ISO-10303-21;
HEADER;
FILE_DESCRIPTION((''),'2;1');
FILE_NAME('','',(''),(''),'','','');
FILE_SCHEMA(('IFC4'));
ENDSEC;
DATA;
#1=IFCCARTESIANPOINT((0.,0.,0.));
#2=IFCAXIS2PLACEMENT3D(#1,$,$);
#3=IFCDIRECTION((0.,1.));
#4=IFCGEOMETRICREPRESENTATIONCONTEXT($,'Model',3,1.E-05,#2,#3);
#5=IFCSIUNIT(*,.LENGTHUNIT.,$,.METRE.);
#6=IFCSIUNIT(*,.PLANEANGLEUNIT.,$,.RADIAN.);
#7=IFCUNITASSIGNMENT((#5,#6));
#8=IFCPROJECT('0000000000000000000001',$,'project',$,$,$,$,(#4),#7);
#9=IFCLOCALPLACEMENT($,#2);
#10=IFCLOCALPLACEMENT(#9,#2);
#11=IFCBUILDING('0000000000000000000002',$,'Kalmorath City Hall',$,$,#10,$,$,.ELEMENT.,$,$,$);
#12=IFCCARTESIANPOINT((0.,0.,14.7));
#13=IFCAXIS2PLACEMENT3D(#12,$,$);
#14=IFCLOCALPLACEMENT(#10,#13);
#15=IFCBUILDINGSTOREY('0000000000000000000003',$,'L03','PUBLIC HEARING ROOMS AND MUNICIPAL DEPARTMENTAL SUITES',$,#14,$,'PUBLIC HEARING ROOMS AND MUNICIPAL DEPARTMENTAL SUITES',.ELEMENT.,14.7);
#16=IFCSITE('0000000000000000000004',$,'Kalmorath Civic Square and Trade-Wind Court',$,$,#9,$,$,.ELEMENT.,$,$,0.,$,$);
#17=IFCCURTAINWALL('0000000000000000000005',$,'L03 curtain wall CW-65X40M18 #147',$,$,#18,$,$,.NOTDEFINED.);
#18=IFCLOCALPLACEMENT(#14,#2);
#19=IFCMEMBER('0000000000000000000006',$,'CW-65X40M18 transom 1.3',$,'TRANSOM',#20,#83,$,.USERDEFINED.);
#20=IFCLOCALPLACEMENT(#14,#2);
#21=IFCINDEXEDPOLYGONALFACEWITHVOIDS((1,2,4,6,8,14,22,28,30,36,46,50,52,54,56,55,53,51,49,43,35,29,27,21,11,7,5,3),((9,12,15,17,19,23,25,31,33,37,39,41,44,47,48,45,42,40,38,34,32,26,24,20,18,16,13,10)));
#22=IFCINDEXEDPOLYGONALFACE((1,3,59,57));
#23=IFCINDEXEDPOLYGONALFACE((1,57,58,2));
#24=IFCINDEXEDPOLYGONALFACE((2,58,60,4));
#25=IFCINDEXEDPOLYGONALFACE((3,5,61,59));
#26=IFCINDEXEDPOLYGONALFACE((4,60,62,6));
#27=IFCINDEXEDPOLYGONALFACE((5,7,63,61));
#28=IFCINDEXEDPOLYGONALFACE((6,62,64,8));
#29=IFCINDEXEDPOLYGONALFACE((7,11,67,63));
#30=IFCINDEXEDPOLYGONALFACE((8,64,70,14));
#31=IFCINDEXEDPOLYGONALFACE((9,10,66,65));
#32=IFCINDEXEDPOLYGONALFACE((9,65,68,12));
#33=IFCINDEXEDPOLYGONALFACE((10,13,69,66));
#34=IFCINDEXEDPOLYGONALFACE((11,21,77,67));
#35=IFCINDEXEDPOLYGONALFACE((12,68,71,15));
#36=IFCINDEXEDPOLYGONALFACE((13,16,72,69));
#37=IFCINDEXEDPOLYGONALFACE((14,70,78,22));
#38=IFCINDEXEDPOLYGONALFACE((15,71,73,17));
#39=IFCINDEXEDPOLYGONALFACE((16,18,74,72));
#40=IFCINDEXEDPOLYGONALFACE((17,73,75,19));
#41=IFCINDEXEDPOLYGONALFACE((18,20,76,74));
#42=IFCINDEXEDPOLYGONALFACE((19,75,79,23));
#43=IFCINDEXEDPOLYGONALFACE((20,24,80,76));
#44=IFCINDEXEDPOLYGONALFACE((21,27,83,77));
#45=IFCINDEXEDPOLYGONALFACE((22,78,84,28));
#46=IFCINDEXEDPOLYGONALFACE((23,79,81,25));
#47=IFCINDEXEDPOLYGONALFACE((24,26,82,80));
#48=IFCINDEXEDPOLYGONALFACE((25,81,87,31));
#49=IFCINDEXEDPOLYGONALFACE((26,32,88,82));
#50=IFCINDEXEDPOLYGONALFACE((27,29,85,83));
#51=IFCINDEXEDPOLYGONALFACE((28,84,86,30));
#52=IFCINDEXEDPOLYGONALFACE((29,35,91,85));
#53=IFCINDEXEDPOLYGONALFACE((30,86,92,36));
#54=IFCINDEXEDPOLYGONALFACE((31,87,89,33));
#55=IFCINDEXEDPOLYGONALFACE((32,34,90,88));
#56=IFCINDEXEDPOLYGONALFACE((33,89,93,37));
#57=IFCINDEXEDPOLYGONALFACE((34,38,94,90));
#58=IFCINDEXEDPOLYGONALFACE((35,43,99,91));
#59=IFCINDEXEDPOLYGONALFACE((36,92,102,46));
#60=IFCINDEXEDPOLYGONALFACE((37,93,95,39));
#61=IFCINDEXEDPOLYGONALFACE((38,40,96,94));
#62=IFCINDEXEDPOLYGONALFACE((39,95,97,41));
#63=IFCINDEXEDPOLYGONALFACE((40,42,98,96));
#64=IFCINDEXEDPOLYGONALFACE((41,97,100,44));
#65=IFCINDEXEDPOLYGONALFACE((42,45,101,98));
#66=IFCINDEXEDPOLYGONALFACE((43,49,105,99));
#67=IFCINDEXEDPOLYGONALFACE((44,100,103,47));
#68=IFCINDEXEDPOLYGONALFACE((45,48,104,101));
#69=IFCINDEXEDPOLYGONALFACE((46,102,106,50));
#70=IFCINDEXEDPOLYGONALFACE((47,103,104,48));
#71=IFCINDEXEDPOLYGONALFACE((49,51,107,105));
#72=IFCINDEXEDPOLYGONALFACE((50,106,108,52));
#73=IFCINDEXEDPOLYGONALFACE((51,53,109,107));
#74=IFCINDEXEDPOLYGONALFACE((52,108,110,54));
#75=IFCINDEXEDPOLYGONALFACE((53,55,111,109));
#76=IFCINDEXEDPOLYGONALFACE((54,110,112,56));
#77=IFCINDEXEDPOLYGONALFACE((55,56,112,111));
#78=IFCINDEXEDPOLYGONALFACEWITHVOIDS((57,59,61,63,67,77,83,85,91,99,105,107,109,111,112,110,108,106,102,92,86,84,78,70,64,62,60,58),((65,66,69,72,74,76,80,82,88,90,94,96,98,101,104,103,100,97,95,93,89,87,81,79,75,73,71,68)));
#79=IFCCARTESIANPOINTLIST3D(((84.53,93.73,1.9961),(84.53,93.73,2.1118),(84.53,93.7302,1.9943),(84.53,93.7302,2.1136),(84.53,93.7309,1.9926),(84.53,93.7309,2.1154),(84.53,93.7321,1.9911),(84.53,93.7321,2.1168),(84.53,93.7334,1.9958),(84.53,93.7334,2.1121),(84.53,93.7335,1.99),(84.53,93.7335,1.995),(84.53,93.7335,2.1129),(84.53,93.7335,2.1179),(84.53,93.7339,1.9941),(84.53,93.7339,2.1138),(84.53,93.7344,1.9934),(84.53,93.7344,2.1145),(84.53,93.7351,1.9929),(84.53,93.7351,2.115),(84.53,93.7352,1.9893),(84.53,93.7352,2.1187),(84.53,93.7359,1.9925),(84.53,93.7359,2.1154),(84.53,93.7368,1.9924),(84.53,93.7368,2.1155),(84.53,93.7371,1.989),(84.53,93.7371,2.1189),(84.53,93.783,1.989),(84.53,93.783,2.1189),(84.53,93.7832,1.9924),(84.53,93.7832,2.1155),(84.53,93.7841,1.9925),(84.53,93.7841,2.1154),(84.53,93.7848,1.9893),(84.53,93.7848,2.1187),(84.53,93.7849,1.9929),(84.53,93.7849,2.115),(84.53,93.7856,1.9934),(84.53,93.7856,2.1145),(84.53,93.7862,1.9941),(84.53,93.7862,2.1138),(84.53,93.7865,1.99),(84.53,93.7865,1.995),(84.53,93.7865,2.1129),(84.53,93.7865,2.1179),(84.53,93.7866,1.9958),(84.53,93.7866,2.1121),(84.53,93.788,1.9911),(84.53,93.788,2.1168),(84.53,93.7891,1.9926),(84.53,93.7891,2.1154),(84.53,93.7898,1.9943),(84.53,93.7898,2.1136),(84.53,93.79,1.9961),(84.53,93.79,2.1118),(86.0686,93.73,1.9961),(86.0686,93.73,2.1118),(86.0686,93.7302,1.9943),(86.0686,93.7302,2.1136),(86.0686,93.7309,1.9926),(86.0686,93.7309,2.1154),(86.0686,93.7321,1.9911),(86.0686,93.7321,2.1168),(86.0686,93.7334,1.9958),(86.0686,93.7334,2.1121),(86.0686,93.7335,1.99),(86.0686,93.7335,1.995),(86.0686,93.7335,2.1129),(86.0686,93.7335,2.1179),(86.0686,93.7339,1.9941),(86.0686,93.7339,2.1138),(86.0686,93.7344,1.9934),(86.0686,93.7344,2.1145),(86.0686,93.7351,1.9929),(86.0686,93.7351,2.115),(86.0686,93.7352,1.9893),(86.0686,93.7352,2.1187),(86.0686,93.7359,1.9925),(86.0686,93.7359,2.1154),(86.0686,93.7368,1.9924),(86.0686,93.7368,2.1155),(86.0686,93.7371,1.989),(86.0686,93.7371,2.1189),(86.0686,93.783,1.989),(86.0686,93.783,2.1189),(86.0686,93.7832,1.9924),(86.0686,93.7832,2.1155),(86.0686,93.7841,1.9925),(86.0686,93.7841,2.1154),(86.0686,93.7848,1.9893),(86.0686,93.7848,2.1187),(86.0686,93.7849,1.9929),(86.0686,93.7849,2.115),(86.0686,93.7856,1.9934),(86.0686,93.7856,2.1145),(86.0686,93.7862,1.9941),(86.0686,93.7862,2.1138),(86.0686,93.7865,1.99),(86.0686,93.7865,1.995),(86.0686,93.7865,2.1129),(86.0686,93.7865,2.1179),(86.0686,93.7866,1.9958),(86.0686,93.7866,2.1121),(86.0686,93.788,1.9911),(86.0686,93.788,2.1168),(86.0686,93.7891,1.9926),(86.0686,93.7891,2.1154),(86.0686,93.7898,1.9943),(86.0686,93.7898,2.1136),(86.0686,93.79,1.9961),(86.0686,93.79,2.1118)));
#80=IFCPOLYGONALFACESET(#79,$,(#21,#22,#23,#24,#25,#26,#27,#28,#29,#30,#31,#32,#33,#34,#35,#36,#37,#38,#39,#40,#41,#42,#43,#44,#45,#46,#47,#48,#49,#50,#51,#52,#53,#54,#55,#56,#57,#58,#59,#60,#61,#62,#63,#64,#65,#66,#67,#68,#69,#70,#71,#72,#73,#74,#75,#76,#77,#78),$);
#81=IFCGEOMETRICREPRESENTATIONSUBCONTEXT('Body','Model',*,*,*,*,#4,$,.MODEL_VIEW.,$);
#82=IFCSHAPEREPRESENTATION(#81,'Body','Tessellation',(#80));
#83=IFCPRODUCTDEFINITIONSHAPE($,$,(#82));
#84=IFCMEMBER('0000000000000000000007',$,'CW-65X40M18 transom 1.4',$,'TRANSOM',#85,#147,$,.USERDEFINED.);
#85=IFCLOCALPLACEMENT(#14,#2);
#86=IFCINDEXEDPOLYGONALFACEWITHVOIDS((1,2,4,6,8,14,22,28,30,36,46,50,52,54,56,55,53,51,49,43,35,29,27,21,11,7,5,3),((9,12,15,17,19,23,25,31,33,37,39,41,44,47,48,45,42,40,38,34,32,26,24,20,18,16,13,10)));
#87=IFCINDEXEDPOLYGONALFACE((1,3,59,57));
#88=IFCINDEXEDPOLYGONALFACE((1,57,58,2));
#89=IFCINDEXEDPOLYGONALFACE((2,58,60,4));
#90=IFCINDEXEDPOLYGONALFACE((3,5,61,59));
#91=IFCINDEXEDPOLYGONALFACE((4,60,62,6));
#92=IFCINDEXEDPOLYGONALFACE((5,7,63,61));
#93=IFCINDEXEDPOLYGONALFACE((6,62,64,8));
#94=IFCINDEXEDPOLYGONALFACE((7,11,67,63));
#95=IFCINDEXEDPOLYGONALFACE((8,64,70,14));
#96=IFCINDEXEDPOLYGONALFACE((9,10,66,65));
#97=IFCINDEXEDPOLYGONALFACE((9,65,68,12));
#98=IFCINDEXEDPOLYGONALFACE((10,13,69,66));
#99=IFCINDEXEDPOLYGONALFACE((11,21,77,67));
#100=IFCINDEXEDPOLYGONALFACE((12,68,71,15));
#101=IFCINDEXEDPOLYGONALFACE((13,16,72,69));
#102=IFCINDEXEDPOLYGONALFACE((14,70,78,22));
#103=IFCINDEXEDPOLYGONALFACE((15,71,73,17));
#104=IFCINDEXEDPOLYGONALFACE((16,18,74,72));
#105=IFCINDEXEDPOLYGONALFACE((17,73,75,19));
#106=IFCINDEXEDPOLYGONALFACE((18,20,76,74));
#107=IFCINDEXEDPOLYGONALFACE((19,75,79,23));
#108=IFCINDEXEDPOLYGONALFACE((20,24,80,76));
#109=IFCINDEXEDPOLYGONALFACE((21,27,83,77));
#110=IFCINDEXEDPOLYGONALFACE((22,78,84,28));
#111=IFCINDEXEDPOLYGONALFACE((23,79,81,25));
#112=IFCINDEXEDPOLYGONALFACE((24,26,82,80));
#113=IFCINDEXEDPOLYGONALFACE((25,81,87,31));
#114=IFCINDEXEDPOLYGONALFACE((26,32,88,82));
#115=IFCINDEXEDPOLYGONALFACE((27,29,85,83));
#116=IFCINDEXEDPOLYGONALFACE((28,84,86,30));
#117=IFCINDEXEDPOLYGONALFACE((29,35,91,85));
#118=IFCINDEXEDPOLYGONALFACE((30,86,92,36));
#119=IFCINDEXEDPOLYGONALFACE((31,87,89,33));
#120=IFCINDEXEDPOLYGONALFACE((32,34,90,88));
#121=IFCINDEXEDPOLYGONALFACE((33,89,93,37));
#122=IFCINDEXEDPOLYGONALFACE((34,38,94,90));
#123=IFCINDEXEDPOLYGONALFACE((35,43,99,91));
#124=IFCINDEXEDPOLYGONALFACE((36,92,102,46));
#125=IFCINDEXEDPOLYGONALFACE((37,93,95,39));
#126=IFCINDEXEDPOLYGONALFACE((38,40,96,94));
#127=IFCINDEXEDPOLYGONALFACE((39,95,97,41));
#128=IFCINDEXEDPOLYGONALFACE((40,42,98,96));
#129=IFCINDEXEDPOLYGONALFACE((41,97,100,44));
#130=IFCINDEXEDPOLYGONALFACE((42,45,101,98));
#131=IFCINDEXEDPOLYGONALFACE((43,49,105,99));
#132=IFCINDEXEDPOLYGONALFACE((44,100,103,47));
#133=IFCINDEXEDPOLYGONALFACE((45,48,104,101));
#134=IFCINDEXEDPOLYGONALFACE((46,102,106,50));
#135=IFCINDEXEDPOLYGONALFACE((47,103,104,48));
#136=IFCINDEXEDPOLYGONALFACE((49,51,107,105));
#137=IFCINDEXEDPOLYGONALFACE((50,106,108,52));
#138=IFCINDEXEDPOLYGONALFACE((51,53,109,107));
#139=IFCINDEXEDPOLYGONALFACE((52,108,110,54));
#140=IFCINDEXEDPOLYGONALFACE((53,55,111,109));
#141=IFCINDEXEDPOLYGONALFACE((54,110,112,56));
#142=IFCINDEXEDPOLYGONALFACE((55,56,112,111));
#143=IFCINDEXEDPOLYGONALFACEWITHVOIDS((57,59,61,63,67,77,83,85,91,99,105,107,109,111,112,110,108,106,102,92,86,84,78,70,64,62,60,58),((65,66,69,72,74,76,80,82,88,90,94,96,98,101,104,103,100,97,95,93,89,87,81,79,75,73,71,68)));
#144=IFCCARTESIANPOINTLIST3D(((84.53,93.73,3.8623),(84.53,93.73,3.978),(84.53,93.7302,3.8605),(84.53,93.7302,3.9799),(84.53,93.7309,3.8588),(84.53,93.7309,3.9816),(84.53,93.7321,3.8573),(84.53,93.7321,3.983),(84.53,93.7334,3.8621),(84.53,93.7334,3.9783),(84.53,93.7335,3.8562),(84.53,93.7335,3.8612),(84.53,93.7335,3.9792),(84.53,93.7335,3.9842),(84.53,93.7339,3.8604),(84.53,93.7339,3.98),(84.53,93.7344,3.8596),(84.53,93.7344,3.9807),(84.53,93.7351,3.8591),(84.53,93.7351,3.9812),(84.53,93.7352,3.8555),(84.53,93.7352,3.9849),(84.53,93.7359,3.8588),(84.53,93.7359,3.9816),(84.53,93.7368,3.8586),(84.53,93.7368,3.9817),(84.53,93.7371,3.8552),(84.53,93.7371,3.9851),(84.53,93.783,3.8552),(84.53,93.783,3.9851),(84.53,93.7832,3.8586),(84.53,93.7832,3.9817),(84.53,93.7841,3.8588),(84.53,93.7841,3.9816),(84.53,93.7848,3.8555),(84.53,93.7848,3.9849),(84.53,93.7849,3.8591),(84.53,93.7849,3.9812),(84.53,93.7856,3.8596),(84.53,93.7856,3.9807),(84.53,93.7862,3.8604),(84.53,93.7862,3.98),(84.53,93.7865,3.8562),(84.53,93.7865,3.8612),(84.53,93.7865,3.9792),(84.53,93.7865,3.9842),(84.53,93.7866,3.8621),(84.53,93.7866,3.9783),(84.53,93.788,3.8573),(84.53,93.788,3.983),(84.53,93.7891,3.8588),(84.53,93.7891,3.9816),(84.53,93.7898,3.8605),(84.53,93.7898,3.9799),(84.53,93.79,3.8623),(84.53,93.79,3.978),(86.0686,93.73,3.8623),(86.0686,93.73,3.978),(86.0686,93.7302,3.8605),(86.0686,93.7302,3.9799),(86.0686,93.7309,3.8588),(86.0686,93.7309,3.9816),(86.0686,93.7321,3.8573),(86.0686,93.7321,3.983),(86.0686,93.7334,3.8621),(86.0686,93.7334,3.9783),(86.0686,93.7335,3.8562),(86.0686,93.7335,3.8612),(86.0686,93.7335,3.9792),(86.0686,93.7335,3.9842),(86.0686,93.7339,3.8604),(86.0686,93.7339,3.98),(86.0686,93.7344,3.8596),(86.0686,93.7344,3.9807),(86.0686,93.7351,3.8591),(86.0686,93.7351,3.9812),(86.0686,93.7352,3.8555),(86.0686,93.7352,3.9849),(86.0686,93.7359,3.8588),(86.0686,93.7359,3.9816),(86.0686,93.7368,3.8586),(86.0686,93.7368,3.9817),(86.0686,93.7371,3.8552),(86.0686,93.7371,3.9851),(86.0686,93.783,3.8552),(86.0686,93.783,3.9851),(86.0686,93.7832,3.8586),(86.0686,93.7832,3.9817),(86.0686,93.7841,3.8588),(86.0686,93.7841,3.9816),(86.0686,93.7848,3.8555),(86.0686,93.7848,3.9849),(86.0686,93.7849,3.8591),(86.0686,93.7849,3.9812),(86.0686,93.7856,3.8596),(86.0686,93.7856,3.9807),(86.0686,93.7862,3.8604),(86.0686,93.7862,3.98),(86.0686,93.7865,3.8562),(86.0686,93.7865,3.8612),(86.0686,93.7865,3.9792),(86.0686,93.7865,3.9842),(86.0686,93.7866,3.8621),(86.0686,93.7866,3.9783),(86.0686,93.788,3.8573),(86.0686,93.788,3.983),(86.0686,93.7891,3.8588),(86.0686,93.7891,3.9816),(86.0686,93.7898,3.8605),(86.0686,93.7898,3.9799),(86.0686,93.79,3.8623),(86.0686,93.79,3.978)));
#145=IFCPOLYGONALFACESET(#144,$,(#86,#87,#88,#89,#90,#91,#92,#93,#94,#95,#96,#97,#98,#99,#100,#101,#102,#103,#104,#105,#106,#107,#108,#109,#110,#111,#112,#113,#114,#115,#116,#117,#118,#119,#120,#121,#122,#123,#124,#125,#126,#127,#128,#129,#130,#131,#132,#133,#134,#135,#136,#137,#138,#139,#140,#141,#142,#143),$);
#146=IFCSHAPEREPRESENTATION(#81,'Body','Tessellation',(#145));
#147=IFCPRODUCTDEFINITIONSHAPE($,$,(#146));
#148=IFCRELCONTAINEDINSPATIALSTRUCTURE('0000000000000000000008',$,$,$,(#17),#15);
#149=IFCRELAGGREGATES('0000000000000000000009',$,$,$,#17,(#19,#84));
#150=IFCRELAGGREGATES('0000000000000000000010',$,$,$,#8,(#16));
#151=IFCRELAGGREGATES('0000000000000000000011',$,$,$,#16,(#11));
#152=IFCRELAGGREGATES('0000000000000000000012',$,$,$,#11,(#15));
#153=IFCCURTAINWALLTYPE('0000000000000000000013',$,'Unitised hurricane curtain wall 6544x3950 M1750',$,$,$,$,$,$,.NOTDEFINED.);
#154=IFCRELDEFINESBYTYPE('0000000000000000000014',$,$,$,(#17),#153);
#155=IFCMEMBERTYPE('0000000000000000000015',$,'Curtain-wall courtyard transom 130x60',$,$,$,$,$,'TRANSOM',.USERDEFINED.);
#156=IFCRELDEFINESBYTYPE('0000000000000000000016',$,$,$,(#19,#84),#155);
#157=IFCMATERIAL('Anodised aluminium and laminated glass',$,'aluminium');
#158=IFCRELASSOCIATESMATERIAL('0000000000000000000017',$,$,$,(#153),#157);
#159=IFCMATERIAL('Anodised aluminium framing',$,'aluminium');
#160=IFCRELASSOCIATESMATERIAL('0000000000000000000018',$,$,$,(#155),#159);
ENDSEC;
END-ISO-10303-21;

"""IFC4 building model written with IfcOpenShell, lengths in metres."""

from ifc_helpers import new_model, si_unit, direction, frame, origin, origin_2d, place, context, subcontext, project, spatial, hollow_rectangle, extrude, material, material_profile, profile_set, type_object, element, aggregate, save


model = new_model("IFC4")

# Units and contexts
model_context = context("Model", 3, precision=1e-05, world=origin(), true_north=direction((0.0, 1.0)))
body_context = subcontext(model_context, "Body", "Model", "MODEL_VIEW")
ifc_project = project(units=[si_unit("LENGTHUNIT", "METRE"), si_unit("PLANEANGLEUNIT", "RADIAN")], contexts=[model_context])

# Site, building, storey
site_placement = place(None, origin())
site = spatial("IfcSite", under=ifc_project, at=site_placement, Name="Kalmorath Civic Square and Trade-Wind Court", CompositionType="ELEMENT", RefElevation=0.0)
building_placement = place(site_placement, origin())
building = spatial("IfcBuilding", under=site, at=building_placement, Name="Kalmorath City Hall", CompositionType="ELEMENT")
storey_placement = place(building_placement, frame((0.0, 0.0, 14.7)))
storey = spatial("IfcBuildingStorey", under=building, at=storey_placement, Name="L03", Description="PUBLIC HEARING ROOMS AND MUNICIPAL DEPARTMENTAL SUITES", LongName="PUBLIC HEARING ROOMS AND MUNICIPAL DEPARTMENTAL SUITES", CompositionType="ELEMENT", Elevation=14.7)

# Curtain wall
ifc_material_1 = material(Name="Anodised aluminium and laminated glass", Category="aluminium")
curtain_wall_type_1 = type_object("IfcCurtainWallType", Name="Unitised hurricane curtain wall 6544x3950 M1750", PredefinedType="NOTDEFINED", material=ifc_material_1)
curtain_wall_1_placement = place(storey_placement, origin())
curtain_wall_1 = element("IfcCurtainWall", 1, at=curtain_wall_1_placement, inside=storey, type_object=curtain_wall_type_1, Name="L03 curtain wall CW-65X40M18 #147", PredefinedType="NOTDEFINED")

# Members
ifc_material_2 = material(Name="Anodised aluminium framing", Category="aluminium")
ifc_material_profile_1 = material_profile(ifc_material_2, hollow_rectangle(XDim=0.0601, YDim=0.1299, WallThickness=0.0034, InnerFilletRadius=0.0034, OuterFilletRadius=0.0071, at=origin_2d()), Name="ALU-TRN-130X60X3.5")
ifc_profile_set_1 = profile_set([ifc_material_profile_1], Name="Anodised aluminium framing")
member_type_1 = type_object("IfcMemberType", Name="Curtain-wall courtyard transom 130x60", ElementType="TRANSOM", PredefinedType="USERDEFINED", material=ifc_profile_set_1)
member_1_placement = place(storey_placement, frame((86.0686, 93.76, 2.054), z_axis=(-1.0, 0.0, 0.0), x_axis=(0.0, -1.0, 0.0)))
member_1 = element("IfcMember", 2, at=member_1_placement, type_object=member_type_1, Name="CW-65X40M18 transom 1.3", ObjectType="TRANSOM", PredefinedType="USERDEFINED", context=body_context, shape_type="SweptSolid", body=[
    extrude(hollow_rectangle(XDim=0.0601, YDim=0.1299, WallThickness=0.0034, InnerFilletRadius=0.0034, OuterFilletRadius=0.0071, at=origin_2d()), origin(), (0.0, 0.0, 1.0), 1.5386),
])
member_2_placement = place(storey_placement, frame((86.0686, 93.76, 3.9202), z_axis=(-1.0, 0.0, 0.0), x_axis=(0.0, -1.0, 0.0)))
member_2 = element("IfcMember", 3, at=member_2_placement, type_object=member_type_1, Name="CW-65X40M18 transom 1.4", ObjectType="TRANSOM", PredefinedType="USERDEFINED", context=body_context, shape_type="SweptSolid", body=[
    extrude(hollow_rectangle(XDim=0.0601, YDim=0.1299, WallThickness=0.0034, InnerFilletRadius=0.0034, OuterFilletRadius=0.0071, at=origin_2d()), origin(), (0.0, 0.0, 1.0), 1.5386),
])

aggregate(curtain_wall_1, [member_1, member_2])

save(model, "model.ifc")
